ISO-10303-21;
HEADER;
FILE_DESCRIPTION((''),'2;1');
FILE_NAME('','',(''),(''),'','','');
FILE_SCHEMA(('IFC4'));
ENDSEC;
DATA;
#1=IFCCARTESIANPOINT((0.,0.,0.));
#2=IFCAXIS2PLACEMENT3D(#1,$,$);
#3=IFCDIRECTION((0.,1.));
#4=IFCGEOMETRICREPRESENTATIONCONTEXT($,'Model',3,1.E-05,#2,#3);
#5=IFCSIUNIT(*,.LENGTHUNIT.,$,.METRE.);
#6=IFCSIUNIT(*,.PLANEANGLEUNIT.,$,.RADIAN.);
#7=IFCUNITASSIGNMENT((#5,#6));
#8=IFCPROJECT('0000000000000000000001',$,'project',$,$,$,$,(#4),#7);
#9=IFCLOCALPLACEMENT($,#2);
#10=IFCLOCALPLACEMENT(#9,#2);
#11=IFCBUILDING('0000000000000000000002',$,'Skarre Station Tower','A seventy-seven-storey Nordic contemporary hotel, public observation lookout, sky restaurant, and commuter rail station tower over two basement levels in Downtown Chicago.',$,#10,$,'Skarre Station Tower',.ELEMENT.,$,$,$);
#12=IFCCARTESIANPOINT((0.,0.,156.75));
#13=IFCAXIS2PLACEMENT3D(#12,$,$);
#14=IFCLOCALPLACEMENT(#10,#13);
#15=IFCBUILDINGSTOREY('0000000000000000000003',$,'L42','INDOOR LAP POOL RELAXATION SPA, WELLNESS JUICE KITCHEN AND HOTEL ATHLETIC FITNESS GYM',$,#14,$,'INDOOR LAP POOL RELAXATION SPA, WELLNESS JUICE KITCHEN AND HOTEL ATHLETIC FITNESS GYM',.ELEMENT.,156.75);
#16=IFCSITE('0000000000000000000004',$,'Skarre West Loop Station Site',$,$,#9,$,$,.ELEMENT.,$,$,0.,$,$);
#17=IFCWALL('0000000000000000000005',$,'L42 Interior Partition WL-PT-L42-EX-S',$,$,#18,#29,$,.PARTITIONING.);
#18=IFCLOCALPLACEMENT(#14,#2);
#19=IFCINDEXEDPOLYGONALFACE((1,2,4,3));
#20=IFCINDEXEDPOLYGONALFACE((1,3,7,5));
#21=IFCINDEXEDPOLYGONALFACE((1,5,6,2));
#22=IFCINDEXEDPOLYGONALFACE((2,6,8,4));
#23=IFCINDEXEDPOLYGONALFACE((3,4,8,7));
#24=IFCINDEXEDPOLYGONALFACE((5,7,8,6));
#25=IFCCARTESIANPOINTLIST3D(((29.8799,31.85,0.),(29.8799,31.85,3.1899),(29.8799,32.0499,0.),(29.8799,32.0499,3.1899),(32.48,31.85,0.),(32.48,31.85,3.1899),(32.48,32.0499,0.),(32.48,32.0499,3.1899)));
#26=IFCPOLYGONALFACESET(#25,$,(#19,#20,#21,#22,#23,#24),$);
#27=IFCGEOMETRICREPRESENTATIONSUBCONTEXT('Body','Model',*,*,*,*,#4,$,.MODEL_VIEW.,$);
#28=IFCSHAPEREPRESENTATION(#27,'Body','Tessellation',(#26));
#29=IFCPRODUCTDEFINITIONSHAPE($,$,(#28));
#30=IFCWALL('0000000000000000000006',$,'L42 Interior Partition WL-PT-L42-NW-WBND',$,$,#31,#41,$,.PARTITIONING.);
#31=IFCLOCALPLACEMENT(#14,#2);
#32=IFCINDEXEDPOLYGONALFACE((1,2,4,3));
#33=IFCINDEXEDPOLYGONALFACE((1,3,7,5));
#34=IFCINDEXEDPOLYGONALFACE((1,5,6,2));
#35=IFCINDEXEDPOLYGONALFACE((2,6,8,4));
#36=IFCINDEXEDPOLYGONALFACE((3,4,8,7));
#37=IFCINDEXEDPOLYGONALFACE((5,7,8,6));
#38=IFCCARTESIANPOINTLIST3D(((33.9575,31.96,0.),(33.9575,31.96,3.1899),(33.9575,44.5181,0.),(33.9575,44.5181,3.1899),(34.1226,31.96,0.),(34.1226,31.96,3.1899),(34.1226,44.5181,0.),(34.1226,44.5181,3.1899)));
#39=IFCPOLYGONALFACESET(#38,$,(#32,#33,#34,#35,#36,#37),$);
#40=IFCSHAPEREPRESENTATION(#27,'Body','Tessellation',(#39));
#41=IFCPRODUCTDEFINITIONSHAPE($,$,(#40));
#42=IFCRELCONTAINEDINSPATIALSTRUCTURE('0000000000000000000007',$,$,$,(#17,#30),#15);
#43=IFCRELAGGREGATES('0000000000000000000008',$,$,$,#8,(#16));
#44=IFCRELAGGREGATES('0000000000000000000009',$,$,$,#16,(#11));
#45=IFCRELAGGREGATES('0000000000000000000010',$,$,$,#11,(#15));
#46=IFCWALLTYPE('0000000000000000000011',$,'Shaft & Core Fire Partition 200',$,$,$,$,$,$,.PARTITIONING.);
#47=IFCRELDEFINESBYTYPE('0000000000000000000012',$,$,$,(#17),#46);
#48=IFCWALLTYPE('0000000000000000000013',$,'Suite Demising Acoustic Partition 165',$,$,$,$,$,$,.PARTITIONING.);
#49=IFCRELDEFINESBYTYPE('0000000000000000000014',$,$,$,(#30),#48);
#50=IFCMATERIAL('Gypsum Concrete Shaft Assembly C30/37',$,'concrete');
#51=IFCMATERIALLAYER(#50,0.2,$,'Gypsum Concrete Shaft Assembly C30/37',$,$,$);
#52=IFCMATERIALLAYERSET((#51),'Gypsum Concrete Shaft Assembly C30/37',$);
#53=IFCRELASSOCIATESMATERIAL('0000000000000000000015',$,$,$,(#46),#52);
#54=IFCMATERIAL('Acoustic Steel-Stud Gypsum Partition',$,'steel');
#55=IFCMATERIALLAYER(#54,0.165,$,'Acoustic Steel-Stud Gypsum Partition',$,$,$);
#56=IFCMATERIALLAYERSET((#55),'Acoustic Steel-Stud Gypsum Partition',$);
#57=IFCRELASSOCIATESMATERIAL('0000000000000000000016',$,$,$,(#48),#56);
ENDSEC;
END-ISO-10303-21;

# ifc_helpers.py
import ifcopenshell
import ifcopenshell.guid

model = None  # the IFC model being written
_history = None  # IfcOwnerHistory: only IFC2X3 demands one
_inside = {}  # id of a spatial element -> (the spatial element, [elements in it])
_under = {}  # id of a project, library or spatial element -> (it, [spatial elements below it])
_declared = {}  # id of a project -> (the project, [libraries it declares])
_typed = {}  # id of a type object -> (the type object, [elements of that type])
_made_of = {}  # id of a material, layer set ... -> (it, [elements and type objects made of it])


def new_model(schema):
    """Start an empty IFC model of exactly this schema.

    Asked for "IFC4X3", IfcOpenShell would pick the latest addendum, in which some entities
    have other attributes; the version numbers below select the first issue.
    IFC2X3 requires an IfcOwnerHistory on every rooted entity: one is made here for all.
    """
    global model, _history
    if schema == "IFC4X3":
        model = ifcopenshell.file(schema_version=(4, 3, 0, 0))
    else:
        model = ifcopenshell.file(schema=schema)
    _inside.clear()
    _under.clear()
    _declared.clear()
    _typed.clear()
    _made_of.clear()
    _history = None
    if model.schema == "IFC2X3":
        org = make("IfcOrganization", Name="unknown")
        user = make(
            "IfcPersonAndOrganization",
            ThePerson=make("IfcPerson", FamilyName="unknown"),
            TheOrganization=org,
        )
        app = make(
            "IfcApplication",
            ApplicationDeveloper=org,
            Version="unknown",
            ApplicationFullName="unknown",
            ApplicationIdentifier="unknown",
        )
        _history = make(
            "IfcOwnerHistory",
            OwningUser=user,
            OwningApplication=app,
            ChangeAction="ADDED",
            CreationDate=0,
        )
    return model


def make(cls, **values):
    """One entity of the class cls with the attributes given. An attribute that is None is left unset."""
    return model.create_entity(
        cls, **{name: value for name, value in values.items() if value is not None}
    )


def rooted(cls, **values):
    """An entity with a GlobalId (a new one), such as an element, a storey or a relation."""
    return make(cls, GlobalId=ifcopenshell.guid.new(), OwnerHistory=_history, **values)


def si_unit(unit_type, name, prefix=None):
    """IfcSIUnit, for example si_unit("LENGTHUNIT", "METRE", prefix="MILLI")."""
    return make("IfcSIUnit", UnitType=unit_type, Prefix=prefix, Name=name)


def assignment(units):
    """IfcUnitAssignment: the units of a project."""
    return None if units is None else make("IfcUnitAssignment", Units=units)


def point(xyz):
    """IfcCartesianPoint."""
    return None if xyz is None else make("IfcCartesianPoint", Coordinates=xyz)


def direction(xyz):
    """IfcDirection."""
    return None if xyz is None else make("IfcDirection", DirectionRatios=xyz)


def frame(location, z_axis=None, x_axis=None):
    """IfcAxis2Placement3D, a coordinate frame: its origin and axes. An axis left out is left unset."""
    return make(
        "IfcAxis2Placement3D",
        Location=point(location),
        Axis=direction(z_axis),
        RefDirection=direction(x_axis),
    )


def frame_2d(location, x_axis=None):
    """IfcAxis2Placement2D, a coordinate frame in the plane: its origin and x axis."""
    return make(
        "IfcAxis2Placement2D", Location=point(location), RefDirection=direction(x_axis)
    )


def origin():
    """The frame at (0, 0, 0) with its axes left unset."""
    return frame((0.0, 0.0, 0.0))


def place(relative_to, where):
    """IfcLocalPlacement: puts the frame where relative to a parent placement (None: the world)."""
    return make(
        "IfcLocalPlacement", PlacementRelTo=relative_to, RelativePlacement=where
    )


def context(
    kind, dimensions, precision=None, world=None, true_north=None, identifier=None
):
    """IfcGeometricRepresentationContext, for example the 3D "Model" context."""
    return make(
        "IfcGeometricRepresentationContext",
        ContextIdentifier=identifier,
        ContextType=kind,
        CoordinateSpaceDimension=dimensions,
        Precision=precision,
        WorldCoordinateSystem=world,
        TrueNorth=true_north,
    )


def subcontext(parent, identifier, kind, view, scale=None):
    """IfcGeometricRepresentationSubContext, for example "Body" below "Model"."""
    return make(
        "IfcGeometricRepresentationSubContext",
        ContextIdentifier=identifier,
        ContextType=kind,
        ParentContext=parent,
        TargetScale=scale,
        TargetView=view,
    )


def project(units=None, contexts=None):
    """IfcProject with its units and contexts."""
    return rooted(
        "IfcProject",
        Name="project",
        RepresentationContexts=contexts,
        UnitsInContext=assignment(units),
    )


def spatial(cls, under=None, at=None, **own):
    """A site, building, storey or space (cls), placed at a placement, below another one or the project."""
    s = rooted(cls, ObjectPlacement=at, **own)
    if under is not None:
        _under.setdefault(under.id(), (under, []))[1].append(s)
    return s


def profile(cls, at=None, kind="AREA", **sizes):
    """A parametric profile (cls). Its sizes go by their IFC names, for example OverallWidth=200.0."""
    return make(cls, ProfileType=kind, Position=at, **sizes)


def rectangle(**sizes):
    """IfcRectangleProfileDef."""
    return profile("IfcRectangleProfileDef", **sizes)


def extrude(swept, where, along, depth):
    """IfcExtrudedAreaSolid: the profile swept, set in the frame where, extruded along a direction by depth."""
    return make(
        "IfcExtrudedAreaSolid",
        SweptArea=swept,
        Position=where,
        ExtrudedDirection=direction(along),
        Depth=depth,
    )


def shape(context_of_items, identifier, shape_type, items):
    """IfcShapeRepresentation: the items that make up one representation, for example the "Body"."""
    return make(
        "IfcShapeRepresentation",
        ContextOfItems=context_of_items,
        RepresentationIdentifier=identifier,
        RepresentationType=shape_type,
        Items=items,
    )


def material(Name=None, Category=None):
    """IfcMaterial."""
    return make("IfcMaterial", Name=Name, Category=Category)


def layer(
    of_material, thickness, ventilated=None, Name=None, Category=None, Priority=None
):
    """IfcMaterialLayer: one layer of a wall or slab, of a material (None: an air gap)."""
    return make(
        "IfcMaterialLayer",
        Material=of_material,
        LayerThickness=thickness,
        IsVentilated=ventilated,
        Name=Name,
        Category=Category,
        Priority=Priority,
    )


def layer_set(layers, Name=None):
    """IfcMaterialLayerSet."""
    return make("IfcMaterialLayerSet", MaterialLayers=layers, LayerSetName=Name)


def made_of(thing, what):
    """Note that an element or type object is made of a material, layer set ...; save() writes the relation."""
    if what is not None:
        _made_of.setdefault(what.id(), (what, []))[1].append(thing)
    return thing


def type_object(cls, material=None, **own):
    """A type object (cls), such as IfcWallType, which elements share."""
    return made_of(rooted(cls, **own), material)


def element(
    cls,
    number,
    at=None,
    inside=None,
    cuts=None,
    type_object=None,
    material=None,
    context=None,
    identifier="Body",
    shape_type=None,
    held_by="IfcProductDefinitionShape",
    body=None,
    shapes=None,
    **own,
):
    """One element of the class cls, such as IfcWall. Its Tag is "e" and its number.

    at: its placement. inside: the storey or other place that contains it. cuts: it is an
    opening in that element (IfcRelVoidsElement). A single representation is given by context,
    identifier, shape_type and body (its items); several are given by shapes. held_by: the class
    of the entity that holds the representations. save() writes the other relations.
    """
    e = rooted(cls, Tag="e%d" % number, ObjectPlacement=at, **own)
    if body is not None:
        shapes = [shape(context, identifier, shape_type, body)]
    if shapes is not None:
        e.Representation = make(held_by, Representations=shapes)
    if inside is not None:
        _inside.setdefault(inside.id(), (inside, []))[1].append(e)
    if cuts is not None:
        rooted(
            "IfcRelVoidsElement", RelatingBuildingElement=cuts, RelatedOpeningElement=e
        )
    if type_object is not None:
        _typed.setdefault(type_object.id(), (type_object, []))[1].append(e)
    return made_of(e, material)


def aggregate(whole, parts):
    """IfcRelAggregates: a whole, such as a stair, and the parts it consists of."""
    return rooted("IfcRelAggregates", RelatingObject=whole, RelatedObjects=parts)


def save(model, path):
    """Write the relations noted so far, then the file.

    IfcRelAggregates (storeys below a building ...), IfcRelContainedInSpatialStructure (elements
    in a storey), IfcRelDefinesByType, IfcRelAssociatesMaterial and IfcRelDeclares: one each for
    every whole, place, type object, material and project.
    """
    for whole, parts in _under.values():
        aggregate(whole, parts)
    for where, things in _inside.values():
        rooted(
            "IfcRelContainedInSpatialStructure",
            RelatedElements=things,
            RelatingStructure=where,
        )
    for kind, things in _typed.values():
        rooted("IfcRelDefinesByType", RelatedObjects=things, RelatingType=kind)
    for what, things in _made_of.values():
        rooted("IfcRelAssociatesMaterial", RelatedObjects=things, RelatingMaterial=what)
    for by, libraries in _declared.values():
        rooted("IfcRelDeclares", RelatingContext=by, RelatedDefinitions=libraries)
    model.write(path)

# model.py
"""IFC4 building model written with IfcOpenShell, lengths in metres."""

from ifc_helpers import new_model, si_unit, direction, frame, frame_2d, origin, place, context, subcontext, project, spatial, rectangle, extrude, material, layer, layer_set, type_object, element, save


model = new_model("IFC4")

# Units and contexts
model_context = context("Model", 3, precision=1e-05, world=origin(), true_north=direction((0.0, 1.0)))
body_context = subcontext(model_context, "Body", "Model", "MODEL_VIEW")
ifc_project = project(units=[si_unit("LENGTHUNIT", "METRE"), si_unit("PLANEANGLEUNIT", "RADIAN")], contexts=[model_context])

# Site, building, storey
site_placement = place(None, origin())
site = spatial("IfcSite", under=ifc_project, at=site_placement, Name="Skarre West Loop Station Site", CompositionType="ELEMENT", RefElevation=0.0)
building_placement = place(site_placement, origin())
building = spatial("IfcBuilding", under=site, at=building_placement, Name="Skarre Station Tower", Description="A seventy-seven-storey Nordic contemporary hotel, public observation lookout, sky restaurant, and commuter rail station tower over two basement levels in Downtown Chicago.", LongName="Skarre Station Tower", CompositionType="ELEMENT")
storey_placement = place(building_placement, frame((0.0, 0.0, 156.75)))
storey = spatial("IfcBuildingStorey", under=building, at=storey_placement, Name="L42", Description="INDOOR LAP POOL RELAXATION SPA, WELLNESS JUICE KITCHEN AND HOTEL ATHLETIC FITNESS GYM", LongName="INDOOR LAP POOL RELAXATION SPA, WELLNESS JUICE KITCHEN AND HOTEL ATHLETIC FITNESS GYM", CompositionType="ELEMENT", Elevation=156.75)

# Walls
ifc_material_1 = material(Name="Gypsum Concrete Shaft Assembly C30/37", Category="concrete")
ifc_layer_1 = layer(ifc_material_1, 0.2, Name="Gypsum Concrete Shaft Assembly C30/37")
ifc_layer_set_1 = layer_set([ifc_layer_1], Name="Gypsum Concrete Shaft Assembly C30/37")
wall_type_1 = type_object("IfcWallType", Name="Shaft & Core Fire Partition 200", PredefinedType="PARTITIONING", material=ifc_layer_set_1)
wall_1_placement = place(storey_placement, frame((32.48, 31.95, 0.0), z_axis=(0.0, 0.0, 1.0), x_axis=(-1.0, 0.0, 0.0)))
element("IfcWall", 1, at=wall_1_placement, inside=storey, type_object=wall_type_1, Name="L42 Interior Partition WL-PT-L42-EX-S", PredefinedType="PARTITIONING", context=body_context, shape_type="SweptSolid", body=[
    extrude(rectangle(XDim=2.6001, YDim=0.2, at=frame_2d((1.3, 0.0))), origin(), (0.0, 0.0, 1.0), 3.1899),
])
ifc_material_2 = material(Name="Acoustic Steel-Stud Gypsum Partition", Category="steel")
ifc_layer_2 = layer(ifc_material_2, 0.165, Name="Acoustic Steel-Stud Gypsum Partition")
ifc_layer_set_2 = layer_set([ifc_layer_2], Name="Acoustic Steel-Stud Gypsum Partition")
wall_type_2 = type_object("IfcWallType", Name="Suite Demising Acoustic Partition 165", PredefinedType="PARTITIONING", material=ifc_layer_set_2)
wall_2_placement = place(storey_placement, frame((34.04, 31.96, 0.0), z_axis=(0.0, 0.0, 1.0), x_axis=(0.0, 1.0, 0.0)))
element("IfcWall", 2, at=wall_2_placement, inside=storey, type_object=wall_type_2, Name="L42 Interior Partition WL-PT-L42-NW-WBND", PredefinedType="PARTITIONING", context=body_context, shape_type="SweptSolid", body=[
    extrude(rectangle(XDim=12.5581, YDim=0.165, at=frame_2d((6.2791, 0.0))), origin(), (0.0, 0.0, 1.0), 3.1899),
])

save(model, "model.ifc")
